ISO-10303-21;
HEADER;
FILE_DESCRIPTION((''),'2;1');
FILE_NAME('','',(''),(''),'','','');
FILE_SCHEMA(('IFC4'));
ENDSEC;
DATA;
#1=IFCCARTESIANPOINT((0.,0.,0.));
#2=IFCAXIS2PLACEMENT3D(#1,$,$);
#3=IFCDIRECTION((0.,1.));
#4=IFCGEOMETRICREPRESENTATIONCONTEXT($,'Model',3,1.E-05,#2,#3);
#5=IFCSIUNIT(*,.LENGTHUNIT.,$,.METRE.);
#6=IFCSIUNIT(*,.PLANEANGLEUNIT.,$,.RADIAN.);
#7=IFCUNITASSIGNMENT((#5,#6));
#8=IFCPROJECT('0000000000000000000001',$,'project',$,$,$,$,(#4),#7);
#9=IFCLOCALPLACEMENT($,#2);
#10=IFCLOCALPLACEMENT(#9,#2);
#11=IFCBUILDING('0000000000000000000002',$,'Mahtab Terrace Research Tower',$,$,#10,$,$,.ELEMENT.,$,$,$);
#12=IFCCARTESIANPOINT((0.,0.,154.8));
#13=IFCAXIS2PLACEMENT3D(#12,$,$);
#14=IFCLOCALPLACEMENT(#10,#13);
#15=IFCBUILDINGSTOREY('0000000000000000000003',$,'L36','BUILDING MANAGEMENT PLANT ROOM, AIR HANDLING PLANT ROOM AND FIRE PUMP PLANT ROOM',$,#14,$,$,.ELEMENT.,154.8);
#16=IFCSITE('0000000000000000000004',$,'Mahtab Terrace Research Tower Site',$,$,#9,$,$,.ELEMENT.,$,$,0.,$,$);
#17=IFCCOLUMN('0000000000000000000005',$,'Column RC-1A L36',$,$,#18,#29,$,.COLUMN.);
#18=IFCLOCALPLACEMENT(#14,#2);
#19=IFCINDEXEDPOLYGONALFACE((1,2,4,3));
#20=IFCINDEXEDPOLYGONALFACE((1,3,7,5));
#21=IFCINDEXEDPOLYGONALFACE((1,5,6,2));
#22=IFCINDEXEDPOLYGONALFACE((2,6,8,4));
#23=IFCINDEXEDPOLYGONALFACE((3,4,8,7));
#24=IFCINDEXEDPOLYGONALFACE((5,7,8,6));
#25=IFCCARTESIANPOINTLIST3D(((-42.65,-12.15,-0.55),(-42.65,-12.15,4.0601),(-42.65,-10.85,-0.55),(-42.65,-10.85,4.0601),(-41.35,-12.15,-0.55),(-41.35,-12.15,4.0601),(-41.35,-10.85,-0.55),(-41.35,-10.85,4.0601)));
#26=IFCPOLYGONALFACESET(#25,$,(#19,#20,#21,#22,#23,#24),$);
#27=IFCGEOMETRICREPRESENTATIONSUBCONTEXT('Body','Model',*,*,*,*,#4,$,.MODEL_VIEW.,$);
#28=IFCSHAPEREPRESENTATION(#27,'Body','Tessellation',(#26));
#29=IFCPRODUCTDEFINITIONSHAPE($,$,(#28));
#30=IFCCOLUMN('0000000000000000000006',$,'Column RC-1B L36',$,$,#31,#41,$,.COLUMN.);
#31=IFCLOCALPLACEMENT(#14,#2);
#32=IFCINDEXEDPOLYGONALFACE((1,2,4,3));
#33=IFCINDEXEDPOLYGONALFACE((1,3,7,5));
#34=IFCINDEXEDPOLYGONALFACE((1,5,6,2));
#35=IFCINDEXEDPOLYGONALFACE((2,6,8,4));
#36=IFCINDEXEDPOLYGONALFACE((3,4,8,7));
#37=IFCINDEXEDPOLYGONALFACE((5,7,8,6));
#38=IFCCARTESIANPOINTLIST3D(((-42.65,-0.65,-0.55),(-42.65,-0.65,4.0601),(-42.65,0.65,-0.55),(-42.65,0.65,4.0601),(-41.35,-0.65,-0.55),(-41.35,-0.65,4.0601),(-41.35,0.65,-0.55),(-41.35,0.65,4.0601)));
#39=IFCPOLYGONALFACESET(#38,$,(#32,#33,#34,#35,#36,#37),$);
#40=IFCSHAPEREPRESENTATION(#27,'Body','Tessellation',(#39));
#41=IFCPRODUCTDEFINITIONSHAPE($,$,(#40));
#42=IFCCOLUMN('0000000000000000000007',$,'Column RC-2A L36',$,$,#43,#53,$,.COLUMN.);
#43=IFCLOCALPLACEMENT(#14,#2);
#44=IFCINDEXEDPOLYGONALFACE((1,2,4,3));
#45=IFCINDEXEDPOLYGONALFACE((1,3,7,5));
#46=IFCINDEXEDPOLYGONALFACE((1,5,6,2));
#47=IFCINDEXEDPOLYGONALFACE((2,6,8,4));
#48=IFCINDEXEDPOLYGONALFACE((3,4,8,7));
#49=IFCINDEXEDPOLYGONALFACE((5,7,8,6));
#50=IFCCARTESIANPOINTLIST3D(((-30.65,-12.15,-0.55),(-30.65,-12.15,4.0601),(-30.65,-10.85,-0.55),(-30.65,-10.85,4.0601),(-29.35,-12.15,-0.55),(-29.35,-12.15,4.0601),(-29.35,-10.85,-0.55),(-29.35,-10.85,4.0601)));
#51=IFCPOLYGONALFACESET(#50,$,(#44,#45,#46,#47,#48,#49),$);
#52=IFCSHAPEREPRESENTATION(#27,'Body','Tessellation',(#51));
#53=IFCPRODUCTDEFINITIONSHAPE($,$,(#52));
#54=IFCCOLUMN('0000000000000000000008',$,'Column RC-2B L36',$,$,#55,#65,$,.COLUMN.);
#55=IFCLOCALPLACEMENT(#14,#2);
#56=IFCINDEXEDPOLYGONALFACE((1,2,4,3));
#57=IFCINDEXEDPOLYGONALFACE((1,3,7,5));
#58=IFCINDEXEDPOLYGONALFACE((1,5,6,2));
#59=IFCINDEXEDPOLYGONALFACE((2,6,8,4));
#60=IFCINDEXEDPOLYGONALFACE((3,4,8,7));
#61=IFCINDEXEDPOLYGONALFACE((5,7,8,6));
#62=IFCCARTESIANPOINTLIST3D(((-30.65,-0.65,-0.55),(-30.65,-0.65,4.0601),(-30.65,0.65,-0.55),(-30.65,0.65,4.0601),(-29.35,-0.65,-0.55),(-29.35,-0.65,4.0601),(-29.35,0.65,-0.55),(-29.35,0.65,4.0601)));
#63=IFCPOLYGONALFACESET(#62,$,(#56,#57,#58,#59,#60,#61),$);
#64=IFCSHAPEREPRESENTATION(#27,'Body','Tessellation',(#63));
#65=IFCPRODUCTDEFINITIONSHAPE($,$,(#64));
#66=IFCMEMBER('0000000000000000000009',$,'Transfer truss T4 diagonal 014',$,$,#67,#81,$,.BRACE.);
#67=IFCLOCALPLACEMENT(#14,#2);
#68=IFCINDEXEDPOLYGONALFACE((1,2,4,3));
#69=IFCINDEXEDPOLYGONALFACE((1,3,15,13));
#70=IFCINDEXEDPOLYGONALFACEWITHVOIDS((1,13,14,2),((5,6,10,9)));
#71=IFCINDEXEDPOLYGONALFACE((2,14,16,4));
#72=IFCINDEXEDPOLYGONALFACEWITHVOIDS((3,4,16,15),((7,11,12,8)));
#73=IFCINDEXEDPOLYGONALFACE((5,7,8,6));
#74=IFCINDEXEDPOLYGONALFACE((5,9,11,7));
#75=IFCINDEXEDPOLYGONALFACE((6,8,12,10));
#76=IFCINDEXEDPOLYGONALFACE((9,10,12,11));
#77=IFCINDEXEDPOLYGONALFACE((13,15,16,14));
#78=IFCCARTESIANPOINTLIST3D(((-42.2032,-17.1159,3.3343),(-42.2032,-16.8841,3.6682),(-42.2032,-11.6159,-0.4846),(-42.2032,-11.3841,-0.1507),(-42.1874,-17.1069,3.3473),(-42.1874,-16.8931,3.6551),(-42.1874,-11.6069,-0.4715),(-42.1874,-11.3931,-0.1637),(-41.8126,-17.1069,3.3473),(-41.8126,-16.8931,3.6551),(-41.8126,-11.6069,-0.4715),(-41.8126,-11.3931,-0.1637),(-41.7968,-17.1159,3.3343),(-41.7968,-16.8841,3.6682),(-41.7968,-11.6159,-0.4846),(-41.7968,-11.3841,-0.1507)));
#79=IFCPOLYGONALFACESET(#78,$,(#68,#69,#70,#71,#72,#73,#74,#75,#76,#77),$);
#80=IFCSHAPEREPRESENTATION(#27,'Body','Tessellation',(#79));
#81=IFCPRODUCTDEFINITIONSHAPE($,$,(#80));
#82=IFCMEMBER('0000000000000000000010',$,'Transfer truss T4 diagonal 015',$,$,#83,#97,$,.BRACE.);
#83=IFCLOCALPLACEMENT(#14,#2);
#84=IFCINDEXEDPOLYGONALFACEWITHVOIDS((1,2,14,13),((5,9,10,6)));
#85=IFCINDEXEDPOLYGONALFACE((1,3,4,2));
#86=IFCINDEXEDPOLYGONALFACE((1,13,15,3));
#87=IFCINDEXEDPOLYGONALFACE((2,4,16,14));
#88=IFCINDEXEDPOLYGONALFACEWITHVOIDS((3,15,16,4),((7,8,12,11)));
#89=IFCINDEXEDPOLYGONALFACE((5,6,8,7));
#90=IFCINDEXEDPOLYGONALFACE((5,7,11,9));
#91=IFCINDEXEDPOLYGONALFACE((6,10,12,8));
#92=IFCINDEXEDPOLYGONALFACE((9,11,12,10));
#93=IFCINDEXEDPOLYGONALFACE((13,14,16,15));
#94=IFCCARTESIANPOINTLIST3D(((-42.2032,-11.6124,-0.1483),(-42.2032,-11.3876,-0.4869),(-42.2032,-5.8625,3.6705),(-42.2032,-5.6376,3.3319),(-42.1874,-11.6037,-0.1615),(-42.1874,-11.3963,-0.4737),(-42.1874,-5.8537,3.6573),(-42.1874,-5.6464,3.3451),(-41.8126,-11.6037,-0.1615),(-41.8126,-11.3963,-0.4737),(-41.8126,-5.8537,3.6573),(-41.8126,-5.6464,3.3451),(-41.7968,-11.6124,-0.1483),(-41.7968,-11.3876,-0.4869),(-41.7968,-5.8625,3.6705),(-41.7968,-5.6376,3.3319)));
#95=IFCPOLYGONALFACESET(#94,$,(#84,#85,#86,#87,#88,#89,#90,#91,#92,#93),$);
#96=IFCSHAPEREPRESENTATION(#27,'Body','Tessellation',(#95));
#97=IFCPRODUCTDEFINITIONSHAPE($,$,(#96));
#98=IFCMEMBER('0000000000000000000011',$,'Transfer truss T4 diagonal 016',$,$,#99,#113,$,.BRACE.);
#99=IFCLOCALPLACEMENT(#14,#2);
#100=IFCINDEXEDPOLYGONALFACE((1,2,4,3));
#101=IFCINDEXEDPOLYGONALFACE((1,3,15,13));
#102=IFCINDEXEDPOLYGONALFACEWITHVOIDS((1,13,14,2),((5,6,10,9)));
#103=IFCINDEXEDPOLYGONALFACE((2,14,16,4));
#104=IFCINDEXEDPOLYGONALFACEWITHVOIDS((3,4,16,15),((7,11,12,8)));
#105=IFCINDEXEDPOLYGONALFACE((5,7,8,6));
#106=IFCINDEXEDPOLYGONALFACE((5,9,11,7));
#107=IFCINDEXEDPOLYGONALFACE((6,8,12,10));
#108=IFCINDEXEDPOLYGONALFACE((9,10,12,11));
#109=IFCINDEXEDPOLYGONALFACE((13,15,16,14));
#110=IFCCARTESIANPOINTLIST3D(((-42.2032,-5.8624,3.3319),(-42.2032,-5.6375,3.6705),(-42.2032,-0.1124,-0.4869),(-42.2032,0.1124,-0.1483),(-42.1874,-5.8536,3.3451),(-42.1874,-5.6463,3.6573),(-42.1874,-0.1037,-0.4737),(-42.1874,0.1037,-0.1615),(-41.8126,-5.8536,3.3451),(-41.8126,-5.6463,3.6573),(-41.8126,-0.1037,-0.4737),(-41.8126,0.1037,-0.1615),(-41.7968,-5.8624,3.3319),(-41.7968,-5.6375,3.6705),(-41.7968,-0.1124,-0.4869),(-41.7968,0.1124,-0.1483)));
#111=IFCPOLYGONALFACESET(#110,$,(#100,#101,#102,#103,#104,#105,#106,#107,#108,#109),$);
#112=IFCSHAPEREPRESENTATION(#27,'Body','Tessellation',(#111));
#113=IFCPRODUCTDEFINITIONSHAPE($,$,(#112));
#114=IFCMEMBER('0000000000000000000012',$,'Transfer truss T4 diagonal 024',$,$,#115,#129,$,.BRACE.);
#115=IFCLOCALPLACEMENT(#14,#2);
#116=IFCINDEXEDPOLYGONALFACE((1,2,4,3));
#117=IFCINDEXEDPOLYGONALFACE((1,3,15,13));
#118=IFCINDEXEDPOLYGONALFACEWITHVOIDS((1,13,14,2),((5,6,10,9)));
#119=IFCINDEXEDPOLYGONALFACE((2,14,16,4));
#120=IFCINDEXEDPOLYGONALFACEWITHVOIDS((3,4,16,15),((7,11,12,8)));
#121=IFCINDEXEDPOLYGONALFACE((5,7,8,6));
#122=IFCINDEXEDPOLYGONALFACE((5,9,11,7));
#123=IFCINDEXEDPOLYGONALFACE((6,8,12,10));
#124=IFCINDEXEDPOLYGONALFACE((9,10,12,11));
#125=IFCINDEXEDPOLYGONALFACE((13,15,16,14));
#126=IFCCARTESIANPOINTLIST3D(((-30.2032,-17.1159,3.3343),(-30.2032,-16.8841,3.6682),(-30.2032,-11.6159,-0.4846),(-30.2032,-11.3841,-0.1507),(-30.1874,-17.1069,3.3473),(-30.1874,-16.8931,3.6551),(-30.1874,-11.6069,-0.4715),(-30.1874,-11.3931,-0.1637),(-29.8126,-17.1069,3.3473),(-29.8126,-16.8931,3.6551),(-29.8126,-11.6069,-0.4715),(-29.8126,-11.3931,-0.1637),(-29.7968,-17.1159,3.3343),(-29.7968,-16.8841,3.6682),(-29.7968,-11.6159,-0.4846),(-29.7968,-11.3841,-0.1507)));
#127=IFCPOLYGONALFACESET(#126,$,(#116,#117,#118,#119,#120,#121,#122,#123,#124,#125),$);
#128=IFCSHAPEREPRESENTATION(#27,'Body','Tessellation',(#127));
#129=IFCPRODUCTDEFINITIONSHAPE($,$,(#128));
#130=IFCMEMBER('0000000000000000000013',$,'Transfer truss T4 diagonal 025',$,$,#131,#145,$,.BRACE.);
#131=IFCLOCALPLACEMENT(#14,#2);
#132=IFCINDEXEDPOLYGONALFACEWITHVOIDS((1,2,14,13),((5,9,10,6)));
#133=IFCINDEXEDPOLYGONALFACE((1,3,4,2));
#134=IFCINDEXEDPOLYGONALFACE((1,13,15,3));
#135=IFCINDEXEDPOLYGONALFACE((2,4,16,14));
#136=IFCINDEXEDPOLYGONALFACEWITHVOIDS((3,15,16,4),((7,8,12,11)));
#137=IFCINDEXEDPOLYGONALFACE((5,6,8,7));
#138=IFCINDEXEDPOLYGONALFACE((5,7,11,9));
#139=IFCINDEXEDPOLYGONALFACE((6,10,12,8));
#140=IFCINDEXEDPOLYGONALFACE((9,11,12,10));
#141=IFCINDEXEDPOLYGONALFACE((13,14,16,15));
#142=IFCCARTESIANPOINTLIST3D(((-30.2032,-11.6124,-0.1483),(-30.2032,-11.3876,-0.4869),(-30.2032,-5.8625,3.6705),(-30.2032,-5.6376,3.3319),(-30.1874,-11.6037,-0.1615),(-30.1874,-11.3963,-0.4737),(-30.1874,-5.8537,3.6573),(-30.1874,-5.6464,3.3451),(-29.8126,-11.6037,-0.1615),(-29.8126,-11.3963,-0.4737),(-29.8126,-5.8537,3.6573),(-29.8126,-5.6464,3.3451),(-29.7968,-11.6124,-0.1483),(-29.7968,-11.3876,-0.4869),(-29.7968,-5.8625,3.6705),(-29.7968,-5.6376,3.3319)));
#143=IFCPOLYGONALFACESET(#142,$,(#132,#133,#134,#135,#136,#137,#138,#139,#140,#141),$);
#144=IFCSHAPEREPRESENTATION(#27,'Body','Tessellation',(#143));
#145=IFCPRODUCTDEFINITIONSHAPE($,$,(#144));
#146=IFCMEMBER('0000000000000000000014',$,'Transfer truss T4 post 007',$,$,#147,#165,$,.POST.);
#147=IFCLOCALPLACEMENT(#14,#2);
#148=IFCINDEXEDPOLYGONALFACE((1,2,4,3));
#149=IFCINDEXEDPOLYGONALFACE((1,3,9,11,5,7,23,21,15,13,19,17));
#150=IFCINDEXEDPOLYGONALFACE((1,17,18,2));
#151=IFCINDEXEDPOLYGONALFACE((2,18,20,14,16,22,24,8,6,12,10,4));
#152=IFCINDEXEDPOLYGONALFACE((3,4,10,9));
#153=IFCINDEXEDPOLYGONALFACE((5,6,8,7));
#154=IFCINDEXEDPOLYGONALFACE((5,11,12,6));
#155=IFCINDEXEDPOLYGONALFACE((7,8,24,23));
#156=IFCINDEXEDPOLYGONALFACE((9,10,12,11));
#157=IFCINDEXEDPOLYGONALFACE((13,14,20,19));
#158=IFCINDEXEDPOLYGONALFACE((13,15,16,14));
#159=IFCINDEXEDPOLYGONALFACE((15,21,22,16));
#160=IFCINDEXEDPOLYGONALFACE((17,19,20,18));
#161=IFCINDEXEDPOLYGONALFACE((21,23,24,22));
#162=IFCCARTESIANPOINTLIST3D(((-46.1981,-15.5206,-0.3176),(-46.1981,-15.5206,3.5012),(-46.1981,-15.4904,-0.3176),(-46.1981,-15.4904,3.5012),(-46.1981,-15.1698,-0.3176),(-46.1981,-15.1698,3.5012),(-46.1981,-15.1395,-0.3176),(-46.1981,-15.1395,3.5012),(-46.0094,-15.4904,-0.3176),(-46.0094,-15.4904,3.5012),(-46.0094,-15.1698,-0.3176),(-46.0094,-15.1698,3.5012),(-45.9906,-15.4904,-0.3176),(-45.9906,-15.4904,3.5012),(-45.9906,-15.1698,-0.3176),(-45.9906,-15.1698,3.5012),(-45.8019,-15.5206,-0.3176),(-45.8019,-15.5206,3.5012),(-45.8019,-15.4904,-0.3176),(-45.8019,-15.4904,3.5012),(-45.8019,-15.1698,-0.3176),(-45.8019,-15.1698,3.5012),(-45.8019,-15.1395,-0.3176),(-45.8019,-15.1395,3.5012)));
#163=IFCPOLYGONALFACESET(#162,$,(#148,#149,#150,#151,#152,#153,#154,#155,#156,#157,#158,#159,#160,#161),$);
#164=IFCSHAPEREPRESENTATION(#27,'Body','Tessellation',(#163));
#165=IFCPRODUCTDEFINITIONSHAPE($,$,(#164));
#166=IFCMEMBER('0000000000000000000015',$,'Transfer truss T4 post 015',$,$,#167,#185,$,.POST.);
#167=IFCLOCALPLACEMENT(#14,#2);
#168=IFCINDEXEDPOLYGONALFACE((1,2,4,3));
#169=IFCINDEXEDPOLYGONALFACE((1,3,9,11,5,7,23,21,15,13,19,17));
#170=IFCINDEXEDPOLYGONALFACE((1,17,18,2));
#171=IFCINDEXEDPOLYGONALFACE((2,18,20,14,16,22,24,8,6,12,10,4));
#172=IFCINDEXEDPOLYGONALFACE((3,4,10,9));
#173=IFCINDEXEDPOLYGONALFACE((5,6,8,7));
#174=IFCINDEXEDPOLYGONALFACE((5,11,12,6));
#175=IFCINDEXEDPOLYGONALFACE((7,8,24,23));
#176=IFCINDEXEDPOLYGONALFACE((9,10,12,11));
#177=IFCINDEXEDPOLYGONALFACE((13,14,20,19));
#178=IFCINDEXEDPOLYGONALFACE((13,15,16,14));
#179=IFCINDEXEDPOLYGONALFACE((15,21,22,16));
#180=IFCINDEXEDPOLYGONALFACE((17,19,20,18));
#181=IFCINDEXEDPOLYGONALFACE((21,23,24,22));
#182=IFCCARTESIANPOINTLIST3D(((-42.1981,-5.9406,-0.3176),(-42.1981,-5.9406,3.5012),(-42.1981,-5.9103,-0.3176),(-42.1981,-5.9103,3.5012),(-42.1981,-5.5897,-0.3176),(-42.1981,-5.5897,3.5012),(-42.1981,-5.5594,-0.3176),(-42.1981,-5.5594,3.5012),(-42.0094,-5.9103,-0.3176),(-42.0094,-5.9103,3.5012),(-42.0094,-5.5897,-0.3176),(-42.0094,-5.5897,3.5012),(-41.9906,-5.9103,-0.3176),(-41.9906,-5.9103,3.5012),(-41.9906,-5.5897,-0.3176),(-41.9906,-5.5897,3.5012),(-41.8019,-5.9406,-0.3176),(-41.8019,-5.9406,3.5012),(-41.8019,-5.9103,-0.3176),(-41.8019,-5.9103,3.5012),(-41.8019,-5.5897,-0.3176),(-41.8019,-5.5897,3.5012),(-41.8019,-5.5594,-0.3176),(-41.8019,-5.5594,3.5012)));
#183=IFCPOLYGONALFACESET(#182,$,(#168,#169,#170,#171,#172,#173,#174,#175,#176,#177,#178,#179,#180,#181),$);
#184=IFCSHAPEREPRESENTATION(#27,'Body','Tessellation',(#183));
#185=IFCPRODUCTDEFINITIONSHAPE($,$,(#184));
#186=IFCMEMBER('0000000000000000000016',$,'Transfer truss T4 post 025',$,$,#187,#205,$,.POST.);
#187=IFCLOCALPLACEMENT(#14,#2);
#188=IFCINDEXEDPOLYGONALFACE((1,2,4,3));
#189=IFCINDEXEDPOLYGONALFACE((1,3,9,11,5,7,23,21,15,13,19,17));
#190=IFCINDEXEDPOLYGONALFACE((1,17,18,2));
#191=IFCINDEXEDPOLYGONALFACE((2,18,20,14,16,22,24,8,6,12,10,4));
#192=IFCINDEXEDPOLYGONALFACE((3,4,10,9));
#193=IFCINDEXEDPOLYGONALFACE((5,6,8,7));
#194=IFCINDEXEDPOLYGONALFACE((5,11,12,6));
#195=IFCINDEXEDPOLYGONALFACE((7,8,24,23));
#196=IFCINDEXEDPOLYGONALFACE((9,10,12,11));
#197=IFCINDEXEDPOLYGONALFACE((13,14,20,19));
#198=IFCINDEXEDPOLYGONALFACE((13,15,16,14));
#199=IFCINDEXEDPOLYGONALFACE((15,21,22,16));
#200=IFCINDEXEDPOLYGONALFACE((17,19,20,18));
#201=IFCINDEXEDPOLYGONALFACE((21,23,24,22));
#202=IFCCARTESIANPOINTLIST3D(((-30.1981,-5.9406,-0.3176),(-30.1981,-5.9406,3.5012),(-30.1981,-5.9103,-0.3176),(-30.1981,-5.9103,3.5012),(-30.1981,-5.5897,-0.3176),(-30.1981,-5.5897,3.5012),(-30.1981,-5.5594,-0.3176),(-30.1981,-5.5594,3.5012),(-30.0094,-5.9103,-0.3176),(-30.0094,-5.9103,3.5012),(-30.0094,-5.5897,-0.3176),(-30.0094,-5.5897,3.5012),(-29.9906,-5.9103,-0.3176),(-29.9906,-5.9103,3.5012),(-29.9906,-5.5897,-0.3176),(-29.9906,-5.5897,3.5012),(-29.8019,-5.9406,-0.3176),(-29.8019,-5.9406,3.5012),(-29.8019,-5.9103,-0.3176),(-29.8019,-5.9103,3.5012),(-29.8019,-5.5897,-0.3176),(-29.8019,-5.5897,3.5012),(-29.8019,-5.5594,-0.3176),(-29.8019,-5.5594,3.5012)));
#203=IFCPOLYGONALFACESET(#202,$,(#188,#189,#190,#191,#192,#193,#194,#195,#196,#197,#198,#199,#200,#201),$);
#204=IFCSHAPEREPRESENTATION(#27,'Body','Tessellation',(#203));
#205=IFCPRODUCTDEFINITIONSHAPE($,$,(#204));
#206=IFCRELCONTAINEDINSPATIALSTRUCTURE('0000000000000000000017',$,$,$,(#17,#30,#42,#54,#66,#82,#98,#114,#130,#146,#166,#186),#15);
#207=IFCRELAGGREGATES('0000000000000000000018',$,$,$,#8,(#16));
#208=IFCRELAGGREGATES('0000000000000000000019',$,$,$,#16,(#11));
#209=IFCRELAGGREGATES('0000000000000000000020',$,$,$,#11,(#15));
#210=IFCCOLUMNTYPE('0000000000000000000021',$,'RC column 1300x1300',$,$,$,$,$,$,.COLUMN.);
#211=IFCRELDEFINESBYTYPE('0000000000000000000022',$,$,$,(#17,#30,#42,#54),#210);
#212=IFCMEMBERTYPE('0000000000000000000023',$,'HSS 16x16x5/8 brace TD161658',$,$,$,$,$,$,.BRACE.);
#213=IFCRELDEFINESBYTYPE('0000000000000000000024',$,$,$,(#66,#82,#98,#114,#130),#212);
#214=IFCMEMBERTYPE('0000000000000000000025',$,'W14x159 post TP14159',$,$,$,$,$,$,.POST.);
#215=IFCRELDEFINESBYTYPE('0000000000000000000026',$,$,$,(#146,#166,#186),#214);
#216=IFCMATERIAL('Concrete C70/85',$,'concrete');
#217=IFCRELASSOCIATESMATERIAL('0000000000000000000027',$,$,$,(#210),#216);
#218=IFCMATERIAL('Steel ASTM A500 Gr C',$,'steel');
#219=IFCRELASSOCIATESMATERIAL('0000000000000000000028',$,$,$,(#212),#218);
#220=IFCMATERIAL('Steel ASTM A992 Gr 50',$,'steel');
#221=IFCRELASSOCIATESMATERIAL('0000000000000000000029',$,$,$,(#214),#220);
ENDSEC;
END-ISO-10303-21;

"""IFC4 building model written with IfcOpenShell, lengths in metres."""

from ifc_helpers import new_model, si_unit, direction, frame, origin, origin_2d, place, context, subcontext, project, spatial, rectangle, hollow_rectangle, i_section, extrude, material, material_profile, profile_set, type_object, element, save


model = new_model("IFC4")

# Units and contexts
model_context = context("Model", 3, precision=1e-05, world=origin(), true_north=direction((0.0, 1.0)))
body_context = subcontext(model_context, "Body", "Model", "MODEL_VIEW")
ifc_project = project(units=[si_unit("LENGTHUNIT", "METRE"), si_unit("PLANEANGLEUNIT", "RADIAN")], contexts=[model_context])

# Site, building, storey
site_placement = place(None, origin())
site = spatial("IfcSite", under=ifc_project, at=site_placement, Name="Mahtab Terrace Research Tower Site", CompositionType="ELEMENT", RefElevation=0.0)
building_placement = place(site_placement, origin())
building = spatial("IfcBuilding", under=site, at=building_placement, Name="Mahtab Terrace Research Tower", CompositionType="ELEMENT")
storey_placement = place(building_placement, frame((0.0, 0.0, 154.8)))
storey = spatial("IfcBuildingStorey", under=building, at=storey_placement, Name="L36", Description="BUILDING MANAGEMENT PLANT ROOM, AIR HANDLING PLANT ROOM AND FIRE PUMP PLANT ROOM", CompositionType="ELEMENT", Elevation=154.8)

# Columns
ifc_material_1 = material(Name="Concrete C70/85", Category="concrete")
ifc_material_profile_1 = material_profile(ifc_material_1, rectangle(XDim=1.3, YDim=1.3, at=origin_2d()), Name="RC column 1300x1300")
ifc_profile_set_1 = profile_set([ifc_material_profile_1], Name="Concrete C70/85")
column_type = type_object("IfcColumnType", Name="RC column 1300x1300", PredefinedType="COLUMN", material=ifc_profile_set_1)
for number, where, z_axis, x_axis, name in (
    (1, (-42.0, -11.5, -0.55), (0.0, 0.0, 1.0), (1.0, 0.0, 0.0), "Column RC-1A L36"),
    (2, (-42.0, 0.0, -0.55), (0.0, 0.0, 1.0), (1.0, 0.0, 0.0), "Column RC-1B L36"),
    (3, (-30.0, -11.5, -0.55), (0.0, 0.0, 1.0), (1.0, 0.0, 0.0), "Column RC-2A L36"),
    (4, (-30.0, 0.0, -0.55), (0.0, 0.0, 1.0), (1.0, 0.0, 0.0), "Column RC-2B L36"),
):
    element("IfcColumn", number, at=place(storey_placement, frame(where, z_axis=z_axis, x_axis=x_axis)), inside=storey, type_object=column_type, Name=name, PredefinedType="COLUMN", context=body_context, shape_type="SweptSolid", body=[
        extrude(rectangle(XDim=1.3, YDim=1.3, at=origin_2d()), origin(), (0.0, 0.0, 1.0), 4.6101),
    ])

# Members
ifc_material_2 = material(Name="Steel ASTM A500 Gr C", Category="steel")
ifc_material_profile_2 = material_profile(ifc_material_2, hollow_rectangle(XDim=0.4065, YDim=0.4065, WallThickness=0.0159, at=origin_2d()), Name="HSS16X16X5/8")
ifc_profile_set_2 = profile_set([ifc_material_profile_2], Name="Steel ASTM A500 Gr C")
member_type_1 = type_object("IfcMemberType", Name="HSS 16x16x5/8 brace TD161658", PredefinedType="BRACE", material=ifc_profile_set_2)
member_1_placement = place(storey_placement, frame((-42.0, -11.5, -0.3176), z_axis=(0.0, -0.821412, 0.570336), x_axis=(1.0, 0.0, 0.0)))
element("IfcMember", 5, at=member_1_placement, inside=storey, type_object=member_type_1, Name="Transfer truss T4 diagonal 014", PredefinedType="BRACE", context=body_context, shape_type="SweptSolid", body=[
    extrude(hollow_rectangle(XDim=0.4065, YDim=0.4065, WallThickness=0.0159, at=origin_2d()), origin(), (0.0, 0.0, 1.0), 6.6958),
])
for number, where, z_axis, x_axis, name in (
    (6, (-42.0, -11.5, -0.3176), (0.0, 0.833018, 0.553246), (-1.0, 0.0, 0.0), "Transfer truss T4 diagonal 015"),
    (7, (-42.0, 0.0, -0.3176), (0.0, -0.833018, 0.553246), (1.0, 0.0, 0.0), "Transfer truss T4 diagonal 016"),
):
    element("IfcMember", number, at=place(storey_placement, frame(where, z_axis=z_axis, x_axis=x_axis)), inside=storey, type_object=member_type_1, Name=name, PredefinedType="BRACE", context=body_context, shape_type="SweptSolid", body=[
        extrude(hollow_rectangle(XDim=0.4065, YDim=0.4065, WallThickness=0.0159, at=origin_2d()), origin(), (0.0, 0.0, 1.0), 6.9026),
    ])
member_2_placement = place(storey_placement, frame((-30.0, -11.5, -0.3176), z_axis=(0.0, -0.821412, 0.570336), x_axis=(1.0, 0.0, 0.0)))
element("IfcMember", 8, at=member_2_placement, inside=storey, type_object=member_type_1, Name="Transfer truss T4 diagonal 024", PredefinedType="BRACE", context=body_context, shape_type="SweptSolid", body=[
    extrude(hollow_rectangle(XDim=0.4065, YDim=0.4065, WallThickness=0.0159, at=origin_2d()), origin(), (0.0, 0.0, 1.0), 6.6958),
])
member_3_placement = place(storey_placement, frame((-30.0, -11.5, -0.3176), z_axis=(0.0, 0.833018, 0.553246), x_axis=(-1.0, 0.0, 0.0)))
element("IfcMember", 9, at=member_3_placement, inside=storey, type_object=member_type_1, Name="Transfer truss T4 diagonal 025", PredefinedType="BRACE", context=body_context, shape_type="SweptSolid", body=[
    extrude(hollow_rectangle(XDim=0.4065, YDim=0.4065, WallThickness=0.0159, at=origin_2d()), origin(), (0.0, 0.0, 1.0), 6.9026),
])
ifc_material_3 = material(Name="Steel ASTM A992 Gr 50", Category="steel")
ifc_material_profile_3 = material_profile(ifc_material_3, i_section(OverallWidth=0.3962, OverallDepth=0.3811, WebThickness=0.0188, FlangeThickness=0.0303, at=origin_2d()), Name="W14X159")
ifc_profile_set_3 = profile_set([ifc_material_profile_3], Name="Steel ASTM A992 Gr 50")
member_type_2 = type_object("IfcMemberType", Name="W14x159 post TP14159", PredefinedType="POST", material=ifc_profile_set_3)
for number, where, z_axis, x_axis, name in (
    (10, (-46.0, -15.3301, -0.3176), (0.0, 0.0, 1.0), (1.0, 0.0, 0.0), "Transfer truss T4 post 007"),
    (11, (-42.0, -5.75, -0.3176), (0.0, 0.0, 1.0), (1.0, 0.0, 0.0), "Transfer truss T4 post 015"),
    (12, (-30.0, -5.75, -0.3176), (0.0, 0.0, 1.0), (1.0, 0.0, 0.0), "Transfer truss T4 post 025"),
):
    element("IfcMember", number, at=place(storey_placement, frame(where, z_axis=z_axis, x_axis=x_axis)), inside=storey, type_object=member_type_2, Name=name, PredefinedType="POST", context=body_context, shape_type="SweptSolid", body=[
        extrude(i_section(OverallWidth=0.3962, OverallDepth=0.3811, WebThickness=0.0188, FlangeThickness=0.0303, at=origin_2d()), origin(), (0.0, 0.0, 1.0), 3.8188),
    ])

save(model, "model.ifc")
